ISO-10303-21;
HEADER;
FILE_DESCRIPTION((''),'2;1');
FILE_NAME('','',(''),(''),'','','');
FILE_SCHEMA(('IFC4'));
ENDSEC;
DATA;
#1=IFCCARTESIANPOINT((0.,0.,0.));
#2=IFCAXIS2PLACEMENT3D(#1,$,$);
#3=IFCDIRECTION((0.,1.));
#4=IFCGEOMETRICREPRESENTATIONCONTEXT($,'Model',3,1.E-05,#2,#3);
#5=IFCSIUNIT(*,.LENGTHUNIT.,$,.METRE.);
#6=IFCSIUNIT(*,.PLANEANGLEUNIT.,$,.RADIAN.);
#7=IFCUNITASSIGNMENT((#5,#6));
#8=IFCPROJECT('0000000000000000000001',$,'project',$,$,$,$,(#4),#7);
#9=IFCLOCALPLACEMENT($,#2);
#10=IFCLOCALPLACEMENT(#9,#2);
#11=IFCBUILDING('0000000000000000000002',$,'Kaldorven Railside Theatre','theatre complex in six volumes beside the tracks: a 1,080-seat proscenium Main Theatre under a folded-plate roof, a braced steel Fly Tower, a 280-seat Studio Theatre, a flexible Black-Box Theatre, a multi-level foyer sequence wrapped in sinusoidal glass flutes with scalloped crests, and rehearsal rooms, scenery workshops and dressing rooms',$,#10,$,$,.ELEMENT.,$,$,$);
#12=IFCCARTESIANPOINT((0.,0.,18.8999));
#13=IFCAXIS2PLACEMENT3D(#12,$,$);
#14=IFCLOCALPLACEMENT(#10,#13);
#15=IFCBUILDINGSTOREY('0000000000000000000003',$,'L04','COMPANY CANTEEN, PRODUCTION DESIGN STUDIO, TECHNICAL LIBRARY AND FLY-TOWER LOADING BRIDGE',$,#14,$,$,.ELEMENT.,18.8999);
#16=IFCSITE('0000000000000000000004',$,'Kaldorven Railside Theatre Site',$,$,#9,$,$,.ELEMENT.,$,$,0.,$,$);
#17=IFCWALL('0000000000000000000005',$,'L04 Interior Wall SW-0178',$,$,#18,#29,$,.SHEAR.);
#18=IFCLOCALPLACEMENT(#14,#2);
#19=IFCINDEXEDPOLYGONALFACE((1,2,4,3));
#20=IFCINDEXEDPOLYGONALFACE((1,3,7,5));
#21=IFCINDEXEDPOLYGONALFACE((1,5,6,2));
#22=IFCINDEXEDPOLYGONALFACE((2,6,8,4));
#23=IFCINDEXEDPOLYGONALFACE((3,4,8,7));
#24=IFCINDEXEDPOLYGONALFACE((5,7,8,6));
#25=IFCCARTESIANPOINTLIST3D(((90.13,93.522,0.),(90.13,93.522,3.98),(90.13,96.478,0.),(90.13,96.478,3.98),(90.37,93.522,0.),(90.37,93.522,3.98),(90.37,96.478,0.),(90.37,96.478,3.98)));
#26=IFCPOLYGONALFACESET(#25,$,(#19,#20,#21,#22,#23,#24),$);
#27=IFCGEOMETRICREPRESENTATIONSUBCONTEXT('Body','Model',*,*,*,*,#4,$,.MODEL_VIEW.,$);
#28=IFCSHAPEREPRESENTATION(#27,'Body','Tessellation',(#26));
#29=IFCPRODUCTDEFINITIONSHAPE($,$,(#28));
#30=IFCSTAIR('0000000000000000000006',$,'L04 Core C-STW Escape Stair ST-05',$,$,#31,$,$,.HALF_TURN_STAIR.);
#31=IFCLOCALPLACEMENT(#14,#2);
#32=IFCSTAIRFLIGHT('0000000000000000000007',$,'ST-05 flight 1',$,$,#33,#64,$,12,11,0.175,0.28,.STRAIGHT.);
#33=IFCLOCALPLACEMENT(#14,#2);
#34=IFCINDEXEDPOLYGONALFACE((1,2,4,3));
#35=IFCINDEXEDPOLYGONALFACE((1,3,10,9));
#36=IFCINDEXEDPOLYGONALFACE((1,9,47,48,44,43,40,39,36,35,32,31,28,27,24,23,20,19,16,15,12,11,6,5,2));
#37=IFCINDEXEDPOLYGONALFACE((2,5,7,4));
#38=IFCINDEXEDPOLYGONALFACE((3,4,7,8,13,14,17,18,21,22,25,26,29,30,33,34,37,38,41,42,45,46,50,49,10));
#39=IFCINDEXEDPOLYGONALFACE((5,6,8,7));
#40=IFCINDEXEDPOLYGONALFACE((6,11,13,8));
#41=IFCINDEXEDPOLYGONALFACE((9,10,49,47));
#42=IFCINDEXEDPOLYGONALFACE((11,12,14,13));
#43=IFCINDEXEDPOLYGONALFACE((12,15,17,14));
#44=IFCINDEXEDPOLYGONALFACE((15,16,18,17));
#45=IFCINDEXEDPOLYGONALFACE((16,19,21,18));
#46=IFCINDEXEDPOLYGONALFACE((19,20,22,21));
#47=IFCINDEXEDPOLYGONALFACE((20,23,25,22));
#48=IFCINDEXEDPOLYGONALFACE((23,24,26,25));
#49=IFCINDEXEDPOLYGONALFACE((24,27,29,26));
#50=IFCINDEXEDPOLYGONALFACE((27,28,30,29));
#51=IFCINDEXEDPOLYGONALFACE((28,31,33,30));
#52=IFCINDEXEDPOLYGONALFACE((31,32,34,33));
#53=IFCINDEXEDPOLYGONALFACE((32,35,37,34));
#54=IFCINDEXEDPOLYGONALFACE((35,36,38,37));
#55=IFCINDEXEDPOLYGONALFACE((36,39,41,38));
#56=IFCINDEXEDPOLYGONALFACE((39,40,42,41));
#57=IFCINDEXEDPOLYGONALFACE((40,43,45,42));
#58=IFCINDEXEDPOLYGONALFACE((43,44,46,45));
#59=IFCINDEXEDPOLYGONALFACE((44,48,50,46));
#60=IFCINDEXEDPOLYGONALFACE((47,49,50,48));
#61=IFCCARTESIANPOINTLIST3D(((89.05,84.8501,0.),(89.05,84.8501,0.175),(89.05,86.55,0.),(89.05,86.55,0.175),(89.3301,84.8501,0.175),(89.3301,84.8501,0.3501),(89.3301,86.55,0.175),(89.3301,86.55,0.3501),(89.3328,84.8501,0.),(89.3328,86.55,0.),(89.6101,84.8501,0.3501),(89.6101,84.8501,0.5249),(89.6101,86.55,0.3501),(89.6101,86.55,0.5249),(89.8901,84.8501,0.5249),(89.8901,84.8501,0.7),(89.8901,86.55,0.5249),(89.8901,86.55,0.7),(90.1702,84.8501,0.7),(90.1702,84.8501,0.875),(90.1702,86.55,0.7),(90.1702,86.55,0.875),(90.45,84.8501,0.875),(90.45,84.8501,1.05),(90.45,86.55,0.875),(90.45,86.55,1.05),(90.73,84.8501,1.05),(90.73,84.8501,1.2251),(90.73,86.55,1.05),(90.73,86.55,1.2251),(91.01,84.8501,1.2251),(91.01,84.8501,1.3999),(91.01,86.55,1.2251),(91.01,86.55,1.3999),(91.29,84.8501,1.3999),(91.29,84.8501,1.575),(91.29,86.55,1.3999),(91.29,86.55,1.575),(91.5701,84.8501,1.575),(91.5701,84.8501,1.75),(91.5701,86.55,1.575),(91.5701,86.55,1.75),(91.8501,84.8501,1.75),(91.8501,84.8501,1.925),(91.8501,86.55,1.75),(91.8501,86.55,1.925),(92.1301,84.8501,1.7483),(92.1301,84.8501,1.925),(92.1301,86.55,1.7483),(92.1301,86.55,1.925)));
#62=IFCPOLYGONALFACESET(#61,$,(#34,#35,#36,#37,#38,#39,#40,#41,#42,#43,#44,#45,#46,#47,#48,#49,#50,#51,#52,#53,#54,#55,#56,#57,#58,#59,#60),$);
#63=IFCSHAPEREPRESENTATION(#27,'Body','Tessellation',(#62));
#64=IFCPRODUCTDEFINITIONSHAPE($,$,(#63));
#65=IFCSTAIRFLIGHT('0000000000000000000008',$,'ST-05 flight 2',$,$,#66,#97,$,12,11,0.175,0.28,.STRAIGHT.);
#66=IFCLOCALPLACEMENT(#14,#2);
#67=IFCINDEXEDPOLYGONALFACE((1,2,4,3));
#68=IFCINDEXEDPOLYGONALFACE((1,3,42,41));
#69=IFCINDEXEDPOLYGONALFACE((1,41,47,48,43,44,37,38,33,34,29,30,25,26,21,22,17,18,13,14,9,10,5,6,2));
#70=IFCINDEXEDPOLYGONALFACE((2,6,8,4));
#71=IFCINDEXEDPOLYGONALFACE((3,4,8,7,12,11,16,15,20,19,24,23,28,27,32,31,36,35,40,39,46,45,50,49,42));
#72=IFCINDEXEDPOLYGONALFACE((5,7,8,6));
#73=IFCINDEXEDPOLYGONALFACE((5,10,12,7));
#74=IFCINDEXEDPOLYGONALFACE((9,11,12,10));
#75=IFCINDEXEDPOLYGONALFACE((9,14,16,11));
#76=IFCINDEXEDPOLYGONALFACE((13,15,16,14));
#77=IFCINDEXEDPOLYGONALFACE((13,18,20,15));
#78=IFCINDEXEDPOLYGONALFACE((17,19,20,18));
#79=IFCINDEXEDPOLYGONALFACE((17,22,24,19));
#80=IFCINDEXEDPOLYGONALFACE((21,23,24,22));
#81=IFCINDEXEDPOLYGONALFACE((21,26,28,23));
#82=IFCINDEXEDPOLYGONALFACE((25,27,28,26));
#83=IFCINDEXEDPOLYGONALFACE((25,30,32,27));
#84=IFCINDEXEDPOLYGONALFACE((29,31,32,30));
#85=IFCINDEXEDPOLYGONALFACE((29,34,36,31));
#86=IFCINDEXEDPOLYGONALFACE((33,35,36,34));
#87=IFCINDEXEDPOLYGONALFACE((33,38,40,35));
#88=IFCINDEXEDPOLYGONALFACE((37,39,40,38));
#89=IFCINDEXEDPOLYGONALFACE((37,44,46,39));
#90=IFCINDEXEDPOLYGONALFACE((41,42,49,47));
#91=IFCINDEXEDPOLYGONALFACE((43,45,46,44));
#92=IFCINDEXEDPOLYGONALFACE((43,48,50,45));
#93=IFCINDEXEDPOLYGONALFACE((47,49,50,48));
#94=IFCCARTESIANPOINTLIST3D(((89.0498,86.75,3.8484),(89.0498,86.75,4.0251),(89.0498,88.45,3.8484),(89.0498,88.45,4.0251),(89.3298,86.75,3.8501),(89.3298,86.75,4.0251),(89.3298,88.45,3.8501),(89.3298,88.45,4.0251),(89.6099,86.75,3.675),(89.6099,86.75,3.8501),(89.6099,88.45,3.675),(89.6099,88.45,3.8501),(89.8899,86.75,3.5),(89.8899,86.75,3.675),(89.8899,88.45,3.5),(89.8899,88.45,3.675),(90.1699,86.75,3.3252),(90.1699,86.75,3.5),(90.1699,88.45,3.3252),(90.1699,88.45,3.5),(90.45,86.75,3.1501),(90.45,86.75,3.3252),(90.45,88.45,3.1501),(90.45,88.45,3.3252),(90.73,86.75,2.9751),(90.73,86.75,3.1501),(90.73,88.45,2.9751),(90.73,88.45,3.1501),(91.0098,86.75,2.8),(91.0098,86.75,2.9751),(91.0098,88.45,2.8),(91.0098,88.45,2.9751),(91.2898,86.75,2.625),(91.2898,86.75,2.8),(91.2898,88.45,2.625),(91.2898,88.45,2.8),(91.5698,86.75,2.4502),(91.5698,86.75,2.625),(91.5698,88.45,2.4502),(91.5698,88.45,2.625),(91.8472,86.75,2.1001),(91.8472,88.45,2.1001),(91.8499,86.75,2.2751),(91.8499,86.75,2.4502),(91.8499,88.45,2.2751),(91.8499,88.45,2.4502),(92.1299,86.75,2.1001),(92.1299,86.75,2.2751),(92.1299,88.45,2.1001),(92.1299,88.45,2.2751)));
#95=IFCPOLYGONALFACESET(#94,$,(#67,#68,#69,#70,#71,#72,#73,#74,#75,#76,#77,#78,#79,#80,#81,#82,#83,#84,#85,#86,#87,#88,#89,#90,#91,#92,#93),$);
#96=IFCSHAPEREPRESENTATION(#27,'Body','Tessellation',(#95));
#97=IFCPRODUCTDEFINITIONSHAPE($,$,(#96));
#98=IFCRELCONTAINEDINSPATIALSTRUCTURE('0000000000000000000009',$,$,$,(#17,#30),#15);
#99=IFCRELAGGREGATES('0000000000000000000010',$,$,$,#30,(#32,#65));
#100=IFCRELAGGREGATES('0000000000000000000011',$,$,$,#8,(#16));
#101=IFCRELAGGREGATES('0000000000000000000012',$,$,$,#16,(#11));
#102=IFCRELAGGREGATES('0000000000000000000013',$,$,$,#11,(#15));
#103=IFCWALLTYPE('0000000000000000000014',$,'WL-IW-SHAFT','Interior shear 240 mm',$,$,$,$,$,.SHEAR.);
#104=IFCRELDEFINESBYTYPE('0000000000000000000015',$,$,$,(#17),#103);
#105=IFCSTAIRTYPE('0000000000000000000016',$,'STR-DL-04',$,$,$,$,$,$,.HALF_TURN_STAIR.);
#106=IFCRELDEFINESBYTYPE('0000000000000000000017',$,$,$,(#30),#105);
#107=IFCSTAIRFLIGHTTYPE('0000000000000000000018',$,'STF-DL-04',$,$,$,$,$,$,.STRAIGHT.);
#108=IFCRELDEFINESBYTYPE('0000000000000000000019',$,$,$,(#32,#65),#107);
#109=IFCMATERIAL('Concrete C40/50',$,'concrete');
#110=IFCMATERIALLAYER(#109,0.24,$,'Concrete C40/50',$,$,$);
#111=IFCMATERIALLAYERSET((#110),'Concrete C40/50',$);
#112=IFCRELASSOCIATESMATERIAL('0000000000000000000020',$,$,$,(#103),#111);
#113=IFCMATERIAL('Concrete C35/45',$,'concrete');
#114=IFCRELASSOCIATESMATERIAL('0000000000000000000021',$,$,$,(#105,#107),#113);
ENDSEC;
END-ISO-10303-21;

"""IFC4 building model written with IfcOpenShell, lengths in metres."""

from ifc_helpers import new_model, si_unit, direction, frame, frame_2d, origin, place, context, subcontext, project, spatial, polyline, rectangle, outline, extrude, material, layer, layer_set, type_object, element, aggregate, save


model = new_model("IFC4")

# Units and contexts
model_context = context("Model", 3, precision=1e-05, world=origin(), true_north=direction((0.0, 1.0)))
body_context = subcontext(model_context, "Body", "Model", "MODEL_VIEW")
ifc_project = project(units=[si_unit("LENGTHUNIT", "METRE"), si_unit("PLANEANGLEUNIT", "RADIAN")], contexts=[model_context])

# Site, building, storey
site_placement = place(None, origin())
site = spatial("IfcSite", under=ifc_project, at=site_placement, Name="Kaldorven Railside Theatre Site", CompositionType="ELEMENT", RefElevation=0.0)
building_placement = place(site_placement, origin())
building = spatial("IfcBuilding", under=site, at=building_placement, Name="Kaldorven Railside Theatre", Description="theatre complex in six volumes beside the tracks: a 1,080-seat proscenium Main Theatre under a folded-plate roof, a braced steel Fly Tower, a 280-seat Studio Theatre, a flexible Black-Box Theatre, a multi-level foyer sequence wrapped in sinusoidal glass flutes with scalloped crests, and rehearsal rooms, scenery workshops and dressing rooms", CompositionType="ELEMENT")
storey_placement = place(building_placement, frame((0.0, 0.0, 18.8999)))
storey = spatial("IfcBuildingStorey", under=building, at=storey_placement, Name="L04", Description="COMPANY CANTEEN, PRODUCTION DESIGN STUDIO, TECHNICAL LIBRARY AND FLY-TOWER LOADING BRIDGE", CompositionType="ELEMENT", Elevation=18.8999)

# Shared definitions
ifc_material_1 = material(Name="Concrete C40/50", Category="concrete")

# Shared definitions
ifc_material_2 = material(Name="Concrete C35/45", Category="concrete")

# Shared definitions
ifc_layer_1 = layer(ifc_material_1, 0.24, Name="Concrete C40/50")
ifc_layer_set_1 = layer_set([ifc_layer_1], Name="Concrete C40/50")
wall_type_1 = type_object("IfcWallType", Name="WL-IW-SHAFT", Description="Interior shear 240 mm", PredefinedType="SHEAR", material=ifc_layer_set_1)

# Wall
wall_1_placement = place(storey_placement, frame((90.25, 96.478, 0.0), z_axis=(0.0, 0.0, 1.0), x_axis=(0.0, -1.0, 0.0)))
element("IfcWall", 1, at=wall_1_placement, inside=storey, type_object=wall_type_1, Name="L04 Interior Wall SW-0178", PredefinedType="SHEAR", context=body_context, shape_type="SweptSolid", body=[
    extrude(rectangle(XDim=2.9561, YDim=0.24, at=frame_2d((1.478, 0.0))), origin(), (0.0, 0.0, 1.0), 3.98),
])

# Stair, stair flights
stair_type = type_object("IfcStairType", Name="STR-DL-04", PredefinedType="HALF_TURN_STAIR", material=ifc_material_2)
stair_placement = place(storey_placement, origin())
stair = element("IfcStair", 2, at=stair_placement, inside=storey, type_object=stair_type, Name="L04 Core C-STW Escape Stair ST-05", PredefinedType="HALF_TURN_STAIR")
stair_flight_type = type_object("IfcStairFlightType", Name="STF-DL-04", PredefinedType="STRAIGHT", material=ifc_material_2)
stair_flight_1_placement = place(storey_placement, frame((89.05, 85.7, 0.0), z_axis=(0.0, 0.0, 1.0), x_axis=(1.0, 0.0, 0.0)))
stair_flight_1 = element("IfcStairFlight", 3, at=stair_flight_1_placement, type_object=stair_flight_type, Name="ST-05 flight 1", NumberOfRisers=12, NumberOfTreads=11, PredefinedType="STRAIGHT", RiserHeight=0.175, TreadLength=0.28, context=body_context, shape_type="SweptSolid", body=[
    extrude(outline(polyline([(0.0, 0.0), (0.0, 0.175), (0.28, 0.175), (0.28, 0.3501), (0.5601, 0.3501), (0.5601, 0.5249), (0.8401, 0.5249), (0.8401, 0.7), (1.1201, 0.7), (1.1201, 0.875), (1.3999, 0.875), (1.3999, 1.05), (1.6799, 1.05), (1.6799, 1.2251), (1.96, 1.2251), (1.96, 1.3999), (2.24, 1.3999), (2.24, 1.575), (2.52, 1.575), (2.52, 1.75), (2.8, 1.75), (2.8, 1.925), (3.0801, 1.925), (3.0801, 2.1001), (3.0801, 1.7483), (0.2827, 0.0), (0.0, 0.0)])), frame((0.0, 0.8501, 0.0), z_axis=(0.0, -1.0, 0.0), x_axis=(1.0, 0.0, 0.0)), (0.0, 0.0, 1.0), 1.7),
])
stair_flight_2_placement = place(storey_placement, frame((92.1299, 87.6001, 2.1001), z_axis=(0.0, 0.0, 1.0), x_axis=(-1.0, 0.0, 0.0)))
stair_flight_2 = element("IfcStairFlight", 4, at=stair_flight_2_placement, type_object=stair_flight_type, Name="ST-05 flight 2", NumberOfRisers=12, NumberOfTreads=11, PredefinedType="STRAIGHT", RiserHeight=0.175, TreadLength=0.28, context=body_context, shape_type="SweptSolid", body=[
    extrude(outline(polyline([(0.0, 0.0), (0.0, 0.175), (0.28, 0.175), (0.28, 0.3501), (0.5601, 0.3501), (0.5601, 0.5249), (0.8401, 0.5249), (0.8401, 0.7), (1.1201, 0.7), (1.1201, 0.875), (1.3999, 0.875), (1.3999, 1.05), (1.6799, 1.05), (1.6799, 1.2251), (1.96, 1.2251), (1.96, 1.3999), (2.24, 1.3999), (2.24, 1.575), (2.52, 1.575), (2.52, 1.75), (2.8, 1.75), (2.8, 1.925), (3.0801, 1.925), (3.0801, 2.1001), (3.0801, 1.7483), (0.2827, 0.0), (0.0, 0.0)])), frame((0.0, 0.8501, 0.0), z_axis=(0.0, -1.0, 0.0), x_axis=(1.0, 0.0, 0.0)), (0.0, 0.0, 1.0), 1.7),
])
aggregate(stair, [stair_flight_1, stair_flight_2])

save(model, "model.ifc")
